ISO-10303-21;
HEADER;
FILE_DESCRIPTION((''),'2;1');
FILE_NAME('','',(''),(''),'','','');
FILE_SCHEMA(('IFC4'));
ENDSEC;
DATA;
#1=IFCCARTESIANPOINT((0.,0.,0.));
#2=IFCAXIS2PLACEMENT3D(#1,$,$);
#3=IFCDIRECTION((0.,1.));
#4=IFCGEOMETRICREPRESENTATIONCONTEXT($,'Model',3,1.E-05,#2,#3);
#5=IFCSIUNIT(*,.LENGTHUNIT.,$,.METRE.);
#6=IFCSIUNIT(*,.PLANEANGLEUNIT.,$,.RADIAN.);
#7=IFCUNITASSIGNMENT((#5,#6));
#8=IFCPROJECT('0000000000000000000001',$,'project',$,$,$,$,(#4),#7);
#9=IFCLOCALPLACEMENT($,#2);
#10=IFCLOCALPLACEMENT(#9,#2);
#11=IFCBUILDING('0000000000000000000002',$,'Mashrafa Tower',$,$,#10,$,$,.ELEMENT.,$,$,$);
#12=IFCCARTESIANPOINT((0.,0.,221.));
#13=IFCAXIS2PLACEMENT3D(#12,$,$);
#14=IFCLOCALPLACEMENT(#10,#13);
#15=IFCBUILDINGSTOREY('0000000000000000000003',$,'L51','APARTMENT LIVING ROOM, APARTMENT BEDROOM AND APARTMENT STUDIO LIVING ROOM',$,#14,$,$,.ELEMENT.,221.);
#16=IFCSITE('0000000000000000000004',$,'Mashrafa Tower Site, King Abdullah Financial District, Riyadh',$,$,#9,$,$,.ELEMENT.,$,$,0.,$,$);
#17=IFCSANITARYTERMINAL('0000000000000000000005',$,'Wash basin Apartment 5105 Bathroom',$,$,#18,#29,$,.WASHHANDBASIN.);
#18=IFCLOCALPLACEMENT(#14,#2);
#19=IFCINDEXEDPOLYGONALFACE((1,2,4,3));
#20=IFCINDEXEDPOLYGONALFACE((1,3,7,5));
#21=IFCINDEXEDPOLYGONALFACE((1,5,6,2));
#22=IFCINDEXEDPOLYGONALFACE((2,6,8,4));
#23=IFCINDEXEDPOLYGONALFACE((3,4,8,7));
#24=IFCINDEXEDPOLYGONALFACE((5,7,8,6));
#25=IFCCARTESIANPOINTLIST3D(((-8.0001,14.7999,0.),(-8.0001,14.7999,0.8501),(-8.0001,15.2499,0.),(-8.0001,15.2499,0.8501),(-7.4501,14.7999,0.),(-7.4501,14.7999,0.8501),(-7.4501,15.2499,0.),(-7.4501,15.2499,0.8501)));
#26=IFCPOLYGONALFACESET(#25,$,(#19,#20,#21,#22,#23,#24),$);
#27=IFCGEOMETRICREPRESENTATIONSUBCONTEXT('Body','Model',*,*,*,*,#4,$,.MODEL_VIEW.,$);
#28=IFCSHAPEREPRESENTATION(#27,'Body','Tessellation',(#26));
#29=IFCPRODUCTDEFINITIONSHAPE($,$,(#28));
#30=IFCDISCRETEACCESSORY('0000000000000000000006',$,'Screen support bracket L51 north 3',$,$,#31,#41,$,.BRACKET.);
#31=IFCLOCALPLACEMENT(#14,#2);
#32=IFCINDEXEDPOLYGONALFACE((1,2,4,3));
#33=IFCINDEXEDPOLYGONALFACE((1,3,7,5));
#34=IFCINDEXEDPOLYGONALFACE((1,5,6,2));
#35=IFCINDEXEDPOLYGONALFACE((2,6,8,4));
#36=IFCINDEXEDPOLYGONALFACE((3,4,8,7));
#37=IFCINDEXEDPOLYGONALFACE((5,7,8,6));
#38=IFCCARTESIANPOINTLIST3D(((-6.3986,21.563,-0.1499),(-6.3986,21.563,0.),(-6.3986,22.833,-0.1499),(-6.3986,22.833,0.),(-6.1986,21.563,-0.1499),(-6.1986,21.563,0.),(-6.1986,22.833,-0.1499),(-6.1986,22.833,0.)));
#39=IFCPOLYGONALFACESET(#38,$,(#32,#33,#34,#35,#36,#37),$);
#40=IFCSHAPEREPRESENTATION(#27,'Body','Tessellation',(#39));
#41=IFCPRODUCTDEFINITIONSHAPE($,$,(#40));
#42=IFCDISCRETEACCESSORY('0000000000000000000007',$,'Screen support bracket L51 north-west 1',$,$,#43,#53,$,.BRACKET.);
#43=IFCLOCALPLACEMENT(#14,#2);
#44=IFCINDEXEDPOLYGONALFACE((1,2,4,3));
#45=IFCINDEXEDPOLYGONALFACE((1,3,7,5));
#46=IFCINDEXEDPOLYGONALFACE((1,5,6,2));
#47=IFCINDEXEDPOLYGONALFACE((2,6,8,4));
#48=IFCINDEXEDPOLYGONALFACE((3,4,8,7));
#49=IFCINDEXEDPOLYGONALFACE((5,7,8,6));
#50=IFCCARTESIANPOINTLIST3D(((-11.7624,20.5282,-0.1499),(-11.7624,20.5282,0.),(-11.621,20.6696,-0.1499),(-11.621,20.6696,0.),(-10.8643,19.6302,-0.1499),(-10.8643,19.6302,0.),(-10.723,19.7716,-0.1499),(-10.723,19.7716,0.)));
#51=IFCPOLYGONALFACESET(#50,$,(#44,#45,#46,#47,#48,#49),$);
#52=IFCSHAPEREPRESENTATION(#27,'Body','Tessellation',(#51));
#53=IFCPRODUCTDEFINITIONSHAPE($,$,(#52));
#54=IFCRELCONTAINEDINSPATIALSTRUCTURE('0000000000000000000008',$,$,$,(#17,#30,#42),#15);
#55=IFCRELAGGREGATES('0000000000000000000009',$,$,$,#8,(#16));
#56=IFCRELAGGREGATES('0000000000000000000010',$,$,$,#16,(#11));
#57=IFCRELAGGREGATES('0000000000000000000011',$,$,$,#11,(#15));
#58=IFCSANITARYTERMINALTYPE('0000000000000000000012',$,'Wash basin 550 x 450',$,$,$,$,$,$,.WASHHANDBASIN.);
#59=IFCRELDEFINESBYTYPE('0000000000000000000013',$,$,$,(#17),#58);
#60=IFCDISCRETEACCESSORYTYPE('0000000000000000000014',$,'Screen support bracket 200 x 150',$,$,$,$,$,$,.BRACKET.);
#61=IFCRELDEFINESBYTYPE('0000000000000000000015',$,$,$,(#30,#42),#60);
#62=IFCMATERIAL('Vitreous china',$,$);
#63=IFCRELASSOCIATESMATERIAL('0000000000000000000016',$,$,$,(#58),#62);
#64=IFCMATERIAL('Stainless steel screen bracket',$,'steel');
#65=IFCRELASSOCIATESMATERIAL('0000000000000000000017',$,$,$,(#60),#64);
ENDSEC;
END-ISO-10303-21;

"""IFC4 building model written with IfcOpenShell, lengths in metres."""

from ifc_helpers import new_model, si_unit, direction, frame, origin, origin_2d, place, context, subcontext, project, spatial, rectangle, extrude, source, transform, mapped, material, type_object, type_shapes, element, save


model = new_model("IFC4")

# Units and contexts
model_context = context("Model", 3, precision=1e-05, world=origin(), true_north=direction((0.0, 1.0)))
body_context = subcontext(model_context, "Body", "Model", "MODEL_VIEW")
ifc_project = project(units=[si_unit("LENGTHUNIT", "METRE"), si_unit("PLANEANGLEUNIT", "RADIAN")], contexts=[model_context])

# Site, building, storey
site_placement = place(None, origin())
site = spatial("IfcSite", under=ifc_project, at=site_placement, Name="Mashrafa Tower Site, King Abdullah Financial District, Riyadh", CompositionType="ELEMENT", RefElevation=0.0)
building_placement = place(site_placement, origin())
building = spatial("IfcBuilding", under=site, at=building_placement, Name="Mashrafa Tower", CompositionType="ELEMENT")
storey_placement = place(building_placement, frame((0.0, 0.0, 221.0)))
storey = spatial("IfcBuildingStorey", under=building, at=storey_placement, Name="L51", Description="APARTMENT LIVING ROOM, APARTMENT BEDROOM AND APARTMENT STUDIO LIVING ROOM", CompositionType="ELEMENT", Elevation=221.0)

# Sanitary terminal
ifc_material_1 = material(Name="Vitreous china")
sanitary_terminal_type_1 = type_object("IfcSanitaryTerminalType", Name="Wash basin 550 x 450", PredefinedType="WASHHANDBASIN", material=ifc_material_1)
sanitary_terminal_1_placement = place(storey_placement, frame((-7.7251, 15.0249, 0.0), z_axis=(0.0, 0.0, 1.0), x_axis=(-1.0, 0.0, 0.0)))
element("IfcSanitaryTerminal", 1, at=sanitary_terminal_1_placement, inside=storey, type_object=sanitary_terminal_type_1, Name="Wash basin Apartment 5105 Bathroom", PredefinedType="WASHHANDBASIN", context=body_context, shape_type="SweptSolid", body=[
    extrude(rectangle(XDim=0.55, YDim=0.45, at=origin_2d()), origin(), (0.0, 0.0, 1.0), 0.8501),
])

# Discrete accessories
ifc_material_2 = material(Name="Stainless steel screen bracket", Category="steel")
discrete_accessory_type = type_object("IfcDiscreteAccessoryType", Name="Screen support bracket 200 x 150", PredefinedType="BRACKET", material=ifc_material_2)
shared_shape_1 = source(origin(), body_context, "Body", "SweptSolid", [
    extrude(rectangle(XDim=0.2, YDim=1.27, at=origin_2d()), origin(), (0.0, 0.0, 1.0), 0.1499),
])
type_shapes(discrete_accessory_type, [shared_shape_1])
for number, where, z_axis, x_axis, name in (
    (2, (-6.2986, 22.198, -0.1499), (0.0, 0.0, 1.0), (-1.0, 0.0, 0.0), "Screen support bracket L51 north 3"),
    (3, (-11.2427, 20.1499, -0.1499), (0.0, 0.0, 1.0), (-0.707107, -0.707107, 0.0), "Screen support bracket L51 north-west 1"),
):
    element("IfcDiscreteAccessory", number, at=place(storey_placement, frame(where, z_axis=z_axis, x_axis=x_axis)), inside=storey, type_object=discrete_accessory_type, Name=name, PredefinedType="BRACKET", context=body_context, shape_type="MappedRepresentation", body=[
        mapped(shared_shape_1, transform((0.0, 0.0, 0.0))),
    ])

save(model, "model.ifc")
